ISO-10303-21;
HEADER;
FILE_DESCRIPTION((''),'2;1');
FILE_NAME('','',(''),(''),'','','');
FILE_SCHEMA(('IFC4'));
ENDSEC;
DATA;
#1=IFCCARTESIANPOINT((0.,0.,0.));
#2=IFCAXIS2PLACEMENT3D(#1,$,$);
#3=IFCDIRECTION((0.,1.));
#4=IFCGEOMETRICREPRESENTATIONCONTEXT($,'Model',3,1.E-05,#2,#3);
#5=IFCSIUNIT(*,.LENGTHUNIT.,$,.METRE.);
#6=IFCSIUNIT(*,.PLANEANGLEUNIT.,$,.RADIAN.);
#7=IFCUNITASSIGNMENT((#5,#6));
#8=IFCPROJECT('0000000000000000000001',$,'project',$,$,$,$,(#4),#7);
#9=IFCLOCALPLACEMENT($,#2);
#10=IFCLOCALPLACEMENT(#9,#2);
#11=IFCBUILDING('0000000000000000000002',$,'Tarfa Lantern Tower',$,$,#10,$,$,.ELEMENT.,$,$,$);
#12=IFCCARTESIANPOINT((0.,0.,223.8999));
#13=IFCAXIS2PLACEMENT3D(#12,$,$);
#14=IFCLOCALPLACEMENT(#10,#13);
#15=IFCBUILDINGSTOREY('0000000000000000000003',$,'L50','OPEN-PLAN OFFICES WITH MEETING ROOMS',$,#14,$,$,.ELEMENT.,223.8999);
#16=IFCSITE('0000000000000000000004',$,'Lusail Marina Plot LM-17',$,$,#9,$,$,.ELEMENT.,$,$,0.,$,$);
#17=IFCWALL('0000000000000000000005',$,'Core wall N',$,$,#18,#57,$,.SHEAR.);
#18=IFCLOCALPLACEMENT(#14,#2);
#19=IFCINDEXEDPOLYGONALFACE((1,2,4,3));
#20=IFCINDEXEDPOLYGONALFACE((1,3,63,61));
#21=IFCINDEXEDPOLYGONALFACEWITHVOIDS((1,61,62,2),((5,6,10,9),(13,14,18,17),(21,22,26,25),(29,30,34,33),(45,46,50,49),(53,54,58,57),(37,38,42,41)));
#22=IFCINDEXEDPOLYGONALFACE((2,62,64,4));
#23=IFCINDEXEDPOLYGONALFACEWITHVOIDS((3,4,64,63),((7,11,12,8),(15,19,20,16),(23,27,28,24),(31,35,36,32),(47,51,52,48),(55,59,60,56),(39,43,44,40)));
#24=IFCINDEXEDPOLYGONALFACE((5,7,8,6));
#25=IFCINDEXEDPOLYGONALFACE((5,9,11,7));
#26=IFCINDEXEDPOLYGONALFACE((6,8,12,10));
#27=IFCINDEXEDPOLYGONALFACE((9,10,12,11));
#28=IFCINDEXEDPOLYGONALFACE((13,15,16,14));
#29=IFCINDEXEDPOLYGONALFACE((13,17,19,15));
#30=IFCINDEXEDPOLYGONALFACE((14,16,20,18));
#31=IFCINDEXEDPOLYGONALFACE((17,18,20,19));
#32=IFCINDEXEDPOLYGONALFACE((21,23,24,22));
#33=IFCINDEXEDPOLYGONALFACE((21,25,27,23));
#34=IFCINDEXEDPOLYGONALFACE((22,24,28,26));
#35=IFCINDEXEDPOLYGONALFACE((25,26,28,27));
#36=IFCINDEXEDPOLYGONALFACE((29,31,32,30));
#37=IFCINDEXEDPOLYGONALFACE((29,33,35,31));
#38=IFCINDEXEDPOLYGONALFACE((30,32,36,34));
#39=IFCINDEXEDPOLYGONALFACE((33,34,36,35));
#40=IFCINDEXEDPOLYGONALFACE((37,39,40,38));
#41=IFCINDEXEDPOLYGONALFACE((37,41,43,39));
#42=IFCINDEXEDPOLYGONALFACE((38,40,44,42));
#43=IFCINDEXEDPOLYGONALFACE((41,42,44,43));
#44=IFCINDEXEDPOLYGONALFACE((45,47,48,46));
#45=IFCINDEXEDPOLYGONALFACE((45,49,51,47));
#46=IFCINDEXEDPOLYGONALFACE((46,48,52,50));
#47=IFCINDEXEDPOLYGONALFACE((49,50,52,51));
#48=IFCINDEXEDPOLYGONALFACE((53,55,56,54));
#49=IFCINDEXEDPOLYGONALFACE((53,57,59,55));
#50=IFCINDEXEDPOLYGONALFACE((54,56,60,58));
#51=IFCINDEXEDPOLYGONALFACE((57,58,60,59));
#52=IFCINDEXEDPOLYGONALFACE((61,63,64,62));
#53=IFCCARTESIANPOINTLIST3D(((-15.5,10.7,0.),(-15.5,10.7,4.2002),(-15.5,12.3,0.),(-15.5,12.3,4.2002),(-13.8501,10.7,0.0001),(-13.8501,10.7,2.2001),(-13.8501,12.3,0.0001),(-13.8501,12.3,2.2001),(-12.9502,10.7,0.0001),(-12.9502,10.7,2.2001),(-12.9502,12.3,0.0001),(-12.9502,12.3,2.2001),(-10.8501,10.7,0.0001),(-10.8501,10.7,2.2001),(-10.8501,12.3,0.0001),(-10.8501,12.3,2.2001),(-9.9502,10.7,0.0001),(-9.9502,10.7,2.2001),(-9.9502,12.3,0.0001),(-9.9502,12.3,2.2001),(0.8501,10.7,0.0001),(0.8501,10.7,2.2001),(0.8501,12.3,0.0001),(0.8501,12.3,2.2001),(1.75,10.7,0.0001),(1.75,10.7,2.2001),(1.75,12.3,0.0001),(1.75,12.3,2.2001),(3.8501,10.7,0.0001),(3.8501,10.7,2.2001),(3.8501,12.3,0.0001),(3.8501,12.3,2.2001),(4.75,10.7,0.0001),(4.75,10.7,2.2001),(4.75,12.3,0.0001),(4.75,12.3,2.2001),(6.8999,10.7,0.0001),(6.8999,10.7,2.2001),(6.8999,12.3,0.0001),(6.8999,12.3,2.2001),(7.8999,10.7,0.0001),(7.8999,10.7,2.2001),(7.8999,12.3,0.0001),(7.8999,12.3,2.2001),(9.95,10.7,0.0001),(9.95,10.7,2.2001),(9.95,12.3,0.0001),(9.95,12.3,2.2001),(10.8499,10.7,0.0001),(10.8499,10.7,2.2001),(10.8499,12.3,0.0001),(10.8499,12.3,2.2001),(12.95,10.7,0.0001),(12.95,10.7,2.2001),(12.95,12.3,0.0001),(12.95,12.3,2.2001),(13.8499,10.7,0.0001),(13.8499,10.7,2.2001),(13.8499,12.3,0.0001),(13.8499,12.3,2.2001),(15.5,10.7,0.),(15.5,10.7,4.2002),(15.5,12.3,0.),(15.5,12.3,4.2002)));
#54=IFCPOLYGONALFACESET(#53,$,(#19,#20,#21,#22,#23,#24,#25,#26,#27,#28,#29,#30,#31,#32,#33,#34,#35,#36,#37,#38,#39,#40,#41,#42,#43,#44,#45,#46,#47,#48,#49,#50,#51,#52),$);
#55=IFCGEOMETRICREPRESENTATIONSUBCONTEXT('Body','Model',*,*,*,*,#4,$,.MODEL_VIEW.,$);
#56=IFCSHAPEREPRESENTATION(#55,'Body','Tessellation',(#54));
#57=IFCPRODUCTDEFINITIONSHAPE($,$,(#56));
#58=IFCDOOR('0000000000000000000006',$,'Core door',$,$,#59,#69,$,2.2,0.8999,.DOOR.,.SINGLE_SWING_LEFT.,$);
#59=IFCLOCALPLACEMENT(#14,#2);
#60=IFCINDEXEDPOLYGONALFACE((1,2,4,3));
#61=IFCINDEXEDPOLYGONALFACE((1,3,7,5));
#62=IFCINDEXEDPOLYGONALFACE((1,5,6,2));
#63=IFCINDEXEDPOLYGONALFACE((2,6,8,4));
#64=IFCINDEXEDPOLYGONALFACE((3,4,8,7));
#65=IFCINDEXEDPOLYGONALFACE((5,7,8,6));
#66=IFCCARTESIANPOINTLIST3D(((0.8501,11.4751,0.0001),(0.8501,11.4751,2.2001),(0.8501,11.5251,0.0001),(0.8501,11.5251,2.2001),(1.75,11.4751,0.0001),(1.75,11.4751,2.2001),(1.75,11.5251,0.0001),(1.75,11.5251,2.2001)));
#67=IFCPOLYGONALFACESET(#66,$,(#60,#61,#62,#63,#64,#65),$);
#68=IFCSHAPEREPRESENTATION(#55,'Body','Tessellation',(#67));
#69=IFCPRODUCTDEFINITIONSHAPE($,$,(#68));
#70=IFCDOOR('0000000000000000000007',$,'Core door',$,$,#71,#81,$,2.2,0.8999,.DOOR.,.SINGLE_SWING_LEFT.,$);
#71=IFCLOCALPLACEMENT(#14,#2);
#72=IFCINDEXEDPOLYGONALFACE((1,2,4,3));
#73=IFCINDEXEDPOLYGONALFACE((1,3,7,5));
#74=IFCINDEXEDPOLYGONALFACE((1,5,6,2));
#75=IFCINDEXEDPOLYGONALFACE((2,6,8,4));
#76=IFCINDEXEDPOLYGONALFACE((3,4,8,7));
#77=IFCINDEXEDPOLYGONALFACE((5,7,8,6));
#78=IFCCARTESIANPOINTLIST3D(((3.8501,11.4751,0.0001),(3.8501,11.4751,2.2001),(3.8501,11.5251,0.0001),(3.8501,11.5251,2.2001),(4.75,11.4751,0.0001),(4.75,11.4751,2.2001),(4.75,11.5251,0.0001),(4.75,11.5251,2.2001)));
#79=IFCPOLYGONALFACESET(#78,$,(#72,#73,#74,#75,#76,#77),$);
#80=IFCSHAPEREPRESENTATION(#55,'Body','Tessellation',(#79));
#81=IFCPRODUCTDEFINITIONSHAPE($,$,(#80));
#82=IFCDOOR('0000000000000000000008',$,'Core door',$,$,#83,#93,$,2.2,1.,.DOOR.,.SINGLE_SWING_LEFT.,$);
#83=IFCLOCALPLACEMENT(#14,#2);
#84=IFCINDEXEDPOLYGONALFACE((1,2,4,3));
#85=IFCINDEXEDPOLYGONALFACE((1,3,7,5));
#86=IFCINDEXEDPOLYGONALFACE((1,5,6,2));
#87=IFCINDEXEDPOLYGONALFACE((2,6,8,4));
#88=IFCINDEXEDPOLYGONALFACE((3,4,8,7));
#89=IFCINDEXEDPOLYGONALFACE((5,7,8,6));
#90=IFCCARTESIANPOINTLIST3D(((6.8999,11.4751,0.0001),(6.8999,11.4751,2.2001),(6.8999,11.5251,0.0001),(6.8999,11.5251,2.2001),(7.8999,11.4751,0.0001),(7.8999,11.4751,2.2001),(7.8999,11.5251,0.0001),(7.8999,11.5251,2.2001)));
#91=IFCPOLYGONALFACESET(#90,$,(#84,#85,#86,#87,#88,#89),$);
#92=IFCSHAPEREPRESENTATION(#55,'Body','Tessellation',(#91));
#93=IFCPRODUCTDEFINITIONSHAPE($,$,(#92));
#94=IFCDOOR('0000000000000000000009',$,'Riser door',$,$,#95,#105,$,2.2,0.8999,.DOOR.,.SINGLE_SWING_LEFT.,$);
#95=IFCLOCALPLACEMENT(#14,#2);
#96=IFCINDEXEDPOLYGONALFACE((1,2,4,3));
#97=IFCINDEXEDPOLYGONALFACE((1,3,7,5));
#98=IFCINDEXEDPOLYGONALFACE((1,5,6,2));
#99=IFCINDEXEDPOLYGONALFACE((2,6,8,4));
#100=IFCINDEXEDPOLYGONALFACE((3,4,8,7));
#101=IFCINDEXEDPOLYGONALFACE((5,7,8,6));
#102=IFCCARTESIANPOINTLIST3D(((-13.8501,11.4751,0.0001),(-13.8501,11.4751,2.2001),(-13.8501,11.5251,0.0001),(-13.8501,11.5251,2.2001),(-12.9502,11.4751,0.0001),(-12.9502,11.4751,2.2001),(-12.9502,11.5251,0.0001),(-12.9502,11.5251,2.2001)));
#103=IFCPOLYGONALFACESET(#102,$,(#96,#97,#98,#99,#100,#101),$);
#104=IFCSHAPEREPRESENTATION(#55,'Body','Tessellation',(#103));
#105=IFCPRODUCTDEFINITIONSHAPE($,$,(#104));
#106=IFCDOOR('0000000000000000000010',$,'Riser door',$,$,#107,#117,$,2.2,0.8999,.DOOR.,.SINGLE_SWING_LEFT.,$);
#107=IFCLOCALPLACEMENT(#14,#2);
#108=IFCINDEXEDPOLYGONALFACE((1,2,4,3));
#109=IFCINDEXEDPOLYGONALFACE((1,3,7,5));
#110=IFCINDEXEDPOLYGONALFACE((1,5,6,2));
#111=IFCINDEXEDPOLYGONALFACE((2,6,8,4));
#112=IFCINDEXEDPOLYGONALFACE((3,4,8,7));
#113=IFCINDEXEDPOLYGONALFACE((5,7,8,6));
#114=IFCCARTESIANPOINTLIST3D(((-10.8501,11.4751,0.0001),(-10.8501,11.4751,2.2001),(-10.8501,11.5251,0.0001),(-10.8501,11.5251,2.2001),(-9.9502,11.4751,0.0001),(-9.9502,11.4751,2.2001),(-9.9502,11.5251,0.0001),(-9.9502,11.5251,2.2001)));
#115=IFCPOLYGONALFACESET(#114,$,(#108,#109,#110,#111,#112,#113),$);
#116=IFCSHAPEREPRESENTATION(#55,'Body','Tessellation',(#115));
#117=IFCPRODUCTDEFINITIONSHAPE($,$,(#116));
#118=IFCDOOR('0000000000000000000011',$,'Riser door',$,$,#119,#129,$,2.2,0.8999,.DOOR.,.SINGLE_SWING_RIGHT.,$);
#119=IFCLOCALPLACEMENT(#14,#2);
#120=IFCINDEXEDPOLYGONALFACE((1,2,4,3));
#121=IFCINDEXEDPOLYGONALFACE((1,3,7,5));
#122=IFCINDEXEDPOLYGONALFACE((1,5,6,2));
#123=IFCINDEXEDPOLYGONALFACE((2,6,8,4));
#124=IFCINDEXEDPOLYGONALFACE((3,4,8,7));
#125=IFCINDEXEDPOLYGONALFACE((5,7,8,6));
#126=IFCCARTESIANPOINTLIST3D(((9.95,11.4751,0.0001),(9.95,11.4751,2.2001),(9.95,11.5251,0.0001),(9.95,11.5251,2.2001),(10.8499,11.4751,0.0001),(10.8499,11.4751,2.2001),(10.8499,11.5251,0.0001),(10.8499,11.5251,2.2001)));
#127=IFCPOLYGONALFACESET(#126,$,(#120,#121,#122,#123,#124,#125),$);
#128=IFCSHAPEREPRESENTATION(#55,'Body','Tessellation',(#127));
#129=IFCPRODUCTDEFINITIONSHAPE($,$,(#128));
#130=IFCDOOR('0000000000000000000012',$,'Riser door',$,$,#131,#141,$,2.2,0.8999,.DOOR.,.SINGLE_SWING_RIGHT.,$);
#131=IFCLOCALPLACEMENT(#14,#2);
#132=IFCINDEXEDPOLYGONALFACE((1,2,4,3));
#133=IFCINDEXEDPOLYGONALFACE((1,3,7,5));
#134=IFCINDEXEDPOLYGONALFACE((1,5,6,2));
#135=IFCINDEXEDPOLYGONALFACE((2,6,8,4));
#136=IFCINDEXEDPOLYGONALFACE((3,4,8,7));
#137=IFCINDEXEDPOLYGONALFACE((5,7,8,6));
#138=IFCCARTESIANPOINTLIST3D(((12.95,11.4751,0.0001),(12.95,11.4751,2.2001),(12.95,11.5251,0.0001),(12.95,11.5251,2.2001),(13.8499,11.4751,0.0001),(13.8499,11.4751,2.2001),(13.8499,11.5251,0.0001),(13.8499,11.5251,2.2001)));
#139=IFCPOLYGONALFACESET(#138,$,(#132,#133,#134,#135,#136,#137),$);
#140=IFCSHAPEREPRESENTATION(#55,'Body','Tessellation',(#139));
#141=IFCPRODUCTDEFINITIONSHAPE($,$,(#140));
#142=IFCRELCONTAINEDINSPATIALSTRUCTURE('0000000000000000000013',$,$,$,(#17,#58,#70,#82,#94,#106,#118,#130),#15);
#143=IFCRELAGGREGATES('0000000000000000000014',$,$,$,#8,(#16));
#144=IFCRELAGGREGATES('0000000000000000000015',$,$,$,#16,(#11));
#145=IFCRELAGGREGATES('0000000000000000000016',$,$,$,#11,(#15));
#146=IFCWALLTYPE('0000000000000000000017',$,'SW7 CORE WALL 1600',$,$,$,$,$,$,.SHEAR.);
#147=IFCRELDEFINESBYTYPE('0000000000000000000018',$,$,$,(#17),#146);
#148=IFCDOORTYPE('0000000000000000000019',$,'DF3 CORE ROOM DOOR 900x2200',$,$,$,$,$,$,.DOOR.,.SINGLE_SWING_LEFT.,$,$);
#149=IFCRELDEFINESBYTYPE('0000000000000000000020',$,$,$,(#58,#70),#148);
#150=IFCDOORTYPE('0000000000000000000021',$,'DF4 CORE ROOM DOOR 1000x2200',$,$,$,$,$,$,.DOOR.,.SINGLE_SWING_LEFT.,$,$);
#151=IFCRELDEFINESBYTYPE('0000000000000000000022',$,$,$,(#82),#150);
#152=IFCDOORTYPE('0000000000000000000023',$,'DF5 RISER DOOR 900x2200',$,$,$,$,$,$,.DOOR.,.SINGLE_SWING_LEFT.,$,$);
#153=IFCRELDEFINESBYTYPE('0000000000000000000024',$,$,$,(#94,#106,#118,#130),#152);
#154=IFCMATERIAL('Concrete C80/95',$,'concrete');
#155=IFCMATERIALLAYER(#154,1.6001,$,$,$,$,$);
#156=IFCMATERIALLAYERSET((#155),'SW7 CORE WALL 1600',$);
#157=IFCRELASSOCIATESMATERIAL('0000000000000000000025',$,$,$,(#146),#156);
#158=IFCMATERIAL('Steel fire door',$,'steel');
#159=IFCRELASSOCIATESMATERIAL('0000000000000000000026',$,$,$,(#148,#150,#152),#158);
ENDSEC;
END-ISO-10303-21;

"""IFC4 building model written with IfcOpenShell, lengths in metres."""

from ifc_helpers import new_model, si_unit, direction, frame, frame_2d, origin, place, context, subcontext, project, spatial, rectangle, extrude, material, layer, layer_set, type_object, element, fill, save


model = new_model("IFC4")

# Units and contexts
model_context = context("Model", 3, precision=1e-05, world=origin(), true_north=direction((0.0, 1.0)))
body_context = subcontext(model_context, "Body", "Model", "MODEL_VIEW")
ifc_project = project(units=[si_unit("LENGTHUNIT", "METRE"), si_unit("PLANEANGLEUNIT", "RADIAN")], contexts=[model_context])

# Site, building, storey
site_placement = place(None, origin())
site = spatial("IfcSite", under=ifc_project, at=site_placement, Name="Lusail Marina Plot LM-17", CompositionType="ELEMENT", RefElevation=0.0)
building_placement = place(site_placement, origin())
building = spatial("IfcBuilding", under=site, at=building_placement, Name="Tarfa Lantern Tower", CompositionType="ELEMENT")
storey_placement = place(building_placement, frame((0.0, 0.0, 223.8999)))
storey = spatial("IfcBuildingStorey", under=building, at=storey_placement, Name="L50", Description="OPEN-PLAN OFFICES WITH MEETING ROOMS", CompositionType="ELEMENT", Elevation=223.8999)

# Shared definitions
ifc_material_1 = material(Name="Concrete C80/95", Category="concrete")
ifc_material_2 = material(Name="Steel fire door", Category="steel")

# Wall, openings, doors
ifc_layer_1 = layer(ifc_material_1, 1.6001)
ifc_layer_set_1 = layer_set([ifc_layer_1], Name="SW7 CORE WALL 1600")
wall_type_1 = type_object("IfcWallType", Name="SW7 CORE WALL 1600", PredefinedType="SHEAR", material=ifc_layer_set_1)
wall_1_placement = place(storey_placement, frame((-15.5, 11.5, 0.0), z_axis=(0.0, 0.0, 1.0), x_axis=(1.0, 0.0, 0.0)))
wall_1 = element("IfcWall", 1, at=wall_1_placement, inside=storey, type_object=wall_type_1, Name="Core wall N", PredefinedType="SHEAR", context=body_context, shape_type="SweptSolid", body=[
    extrude(rectangle(XDim=31.0, YDim=1.6001, at=frame_2d((15.5, 0.0))), origin(), (0.0, 0.0, 1.0), 4.2002),
])
opening_1_placement = place(wall_1_placement, frame((16.3501, 0.0, 0.0)))
opening_1 = element("IfcOpeningElement", 2, at=opening_1_placement, cuts=wall_1, PredefinedType="OPENING", context=body_context, shape_type="SweptSolid", body=[
    extrude(rectangle(XDim=0.8999, YDim=2.2, at=frame_2d((0.45, 1.1001))), frame((0.0, 0.8101, 0.0), z_axis=(0.0, -1.0, 0.0), x_axis=(1.0, 0.0, 0.0)), (0.0, 0.0, 1.0), 1.6201),
])
opening_2_placement = place(wall_1_placement, frame((19.3501, 0.0, 0.0)))
opening_2 = element("IfcOpeningElement", 3, at=opening_2_placement, cuts=wall_1, PredefinedType="OPENING", context=body_context, shape_type="SweptSolid", body=[
    extrude(rectangle(XDim=0.8999, YDim=2.2, at=frame_2d((0.45, 1.1001))), frame((0.0, 0.8101, 0.0), z_axis=(0.0, -1.0, 0.0), x_axis=(1.0, 0.0, 0.0)), (0.0, 0.0, 1.0), 1.6201),
])
opening_3_placement = place(wall_1_placement, frame((22.3999, 0.0, 0.0)))
opening_3 = element("IfcOpeningElement", 4, at=opening_3_placement, cuts=wall_1, PredefinedType="OPENING", context=body_context, shape_type="SweptSolid", body=[
    extrude(rectangle(XDim=1.0, YDim=2.2, at=frame_2d((0.5, 1.1001))), frame((0.0, 0.8101, 0.0), z_axis=(0.0, -1.0, 0.0), x_axis=(1.0, 0.0, 0.0)), (0.0, 0.0, 1.0), 1.6201),
])
opening_4_placement = place(wall_1_placement, frame((1.6499, 0.0, 0.0)))
opening_4 = element("IfcOpeningElement", 5, at=opening_4_placement, cuts=wall_1, PredefinedType="OPENING", context=body_context, shape_type="SweptSolid", body=[
    extrude(rectangle(XDim=0.8999, YDim=2.2, at=frame_2d((0.45, 1.1001))), frame((0.0, 0.8101, 0.0), z_axis=(0.0, -1.0, 0.0), x_axis=(1.0, 0.0, 0.0)), (0.0, 0.0, 1.0), 1.6201),
])
opening_5_placement = place(wall_1_placement, frame((4.6499, 0.0, 0.0)))
opening_5 = element("IfcOpeningElement", 6, at=opening_5_placement, cuts=wall_1, PredefinedType="OPENING", context=body_context, shape_type="SweptSolid", body=[
    extrude(rectangle(XDim=0.8999, YDim=2.2, at=frame_2d((0.45, 1.1001))), frame((0.0, 0.8101, 0.0), z_axis=(0.0, -1.0, 0.0), x_axis=(1.0, 0.0, 0.0)), (0.0, 0.0, 1.0), 1.6201),
])
opening_6_placement = place(wall_1_placement, frame((25.45, 0.0, 0.0)))
opening_6 = element("IfcOpeningElement", 7, at=opening_6_placement, cuts=wall_1, PredefinedType="OPENING", context=body_context, shape_type="SweptSolid", body=[
    extrude(rectangle(XDim=0.8999, YDim=2.2, at=frame_2d((0.45, 1.1001))), frame((0.0, 0.8101, 0.0), z_axis=(0.0, -1.0, 0.0), x_axis=(1.0, 0.0, 0.0)), (0.0, 0.0, 1.0), 1.6201),
])
opening_7_placement = place(wall_1_placement, frame((28.45, 0.0, 0.0)))
opening_7 = element("IfcOpeningElement", 8, at=opening_7_placement, cuts=wall_1, PredefinedType="OPENING", context=body_context, shape_type="SweptSolid", body=[
    extrude(rectangle(XDim=0.8999, YDim=2.2, at=frame_2d((0.45, 1.1001))), frame((0.0, 0.8101, 0.0), z_axis=(0.0, -1.0, 0.0), x_axis=(1.0, 0.0, 0.0)), (0.0, 0.0, 1.0), 1.6201),
])
door_type_1 = type_object("IfcDoorType", Name="DF3 CORE ROOM DOOR 900x2200", OperationType="SINGLE_SWING_LEFT", PredefinedType="DOOR", material=ifc_material_2)
door_1_placement = place(opening_1_placement, frame((0.8999, 0.0, 0.0), z_axis=(0.0, 0.0, 1.0), x_axis=(-1.0, 0.0, 0.0)))
door_1 = element("IfcDoor", 9, at=door_1_placement, inside=storey, type_object=door_type_1, Name="Core door", OperationType="SINGLE_SWING_LEFT", OverallHeight=2.2, OverallWidth=0.8999, PredefinedType="DOOR", context=body_context, shape_type="SweptSolid", body=[
    extrude(rectangle(XDim=0.8999, YDim=2.2, at=frame_2d((0.45, 1.1001))), frame((0.0, 0.0249, 0.0), z_axis=(0.0, -1.0, 0.0), x_axis=(1.0, 0.0, 0.0)), (0.0, 0.0, 1.0), 0.05),
])
fill(opening_1, door_1)
door_2_placement = place(opening_2_placement, frame((0.8999, 0.0, 0.0), z_axis=(0.0, 0.0, 1.0), x_axis=(-1.0, 0.0, 0.0)))
door_2 = element("IfcDoor", 10, at=door_2_placement, inside=storey, type_object=door_type_1, Name="Core door", OperationType="SINGLE_SWING_LEFT", OverallHeight=2.2, OverallWidth=0.8999, PredefinedType="DOOR", context=body_context, shape_type="SweptSolid", body=[
    extrude(rectangle(XDim=0.8999, YDim=2.2, at=frame_2d((0.45, 1.1001))), frame((0.0, 0.0249, 0.0), z_axis=(0.0, -1.0, 0.0), x_axis=(1.0, 0.0, 0.0)), (0.0, 0.0, 1.0), 0.05),
])
fill(opening_2, door_2)
door_type_2 = type_object("IfcDoorType", Name="DF4 CORE ROOM DOOR 1000x2200", OperationType="SINGLE_SWING_LEFT", PredefinedType="DOOR", material=ifc_material_2)
door_3_placement = place(opening_3_placement, frame((1.0, 0.0, 0.0), z_axis=(0.0, 0.0, 1.0), x_axis=(-1.0, 0.0, 0.0)))
door_3 = element("IfcDoor", 11, at=door_3_placement, inside=storey, type_object=door_type_2, Name="Core door", OperationType="SINGLE_SWING_LEFT", OverallHeight=2.2, OverallWidth=1.0, PredefinedType="DOOR", context=body_context, shape_type="SweptSolid", body=[
    extrude(rectangle(XDim=1.0, YDim=2.2, at=frame_2d((0.5, 1.1001))), frame((0.0, 0.0249, 0.0), z_axis=(0.0, -1.0, 0.0), x_axis=(1.0, 0.0, 0.0)), (0.0, 0.0, 1.0), 0.05),
])
fill(opening_3, door_3)
door_type_3 = type_object("IfcDoorType", Name="DF5 RISER DOOR 900x2200", OperationType="SINGLE_SWING_LEFT", PredefinedType="DOOR", material=ifc_material_2)
door_4_placement = place(opening_4_placement, frame((0.8999, 0.0, 0.0), z_axis=(0.0, 0.0, 1.0), x_axis=(-1.0, 0.0, 0.0)))
door_4 = element("IfcDoor", 12, at=door_4_placement, inside=storey, type_object=door_type_3, Name="Riser door", OperationType="SINGLE_SWING_LEFT", OverallHeight=2.2, OverallWidth=0.8999, PredefinedType="DOOR", context=body_context, shape_type="SweptSolid", body=[
    extrude(rectangle(XDim=0.8999, YDim=2.2, at=frame_2d((0.45, 1.1001))), frame((0.0, 0.0249, 0.0), z_axis=(0.0, -1.0, 0.0), x_axis=(1.0, 0.0, 0.0)), (0.0, 0.0, 1.0), 0.05),
])
fill(opening_4, door_4)
door_5_placement = place(opening_5_placement, frame((0.8999, 0.0, 0.0), z_axis=(0.0, 0.0, 1.0), x_axis=(-1.0, 0.0, 0.0)))
door_5 = element("IfcDoor", 13, at=door_5_placement, inside=storey, type_object=door_type_3, Name="Riser door", OperationType="SINGLE_SWING_LEFT", OverallHeight=2.2, OverallWidth=0.8999, PredefinedType="DOOR", context=body_context, shape_type="SweptSolid", body=[
    extrude(rectangle(XDim=0.8999, YDim=2.2, at=frame_2d((0.45, 1.1001))), frame((0.0, 0.0249, 0.0), z_axis=(0.0, -1.0, 0.0), x_axis=(1.0, 0.0, 0.0)), (0.0, 0.0, 1.0), 0.05),
])
fill(opening_5, door_5)
door_6_placement = place(opening_6_placement, frame((0.8999, 0.0, 0.0), z_axis=(0.0, 0.0, 1.0), x_axis=(-1.0, 0.0, 0.0)))
door_6 = element("IfcDoor", 14, at=door_6_placement, inside=storey, type_object=door_type_3, Name="Riser door", OperationType="SINGLE_SWING_RIGHT", OverallHeight=2.2, OverallWidth=0.8999, PredefinedType="DOOR", context=body_context, shape_type="SweptSolid", body=[
    extrude(rectangle(XDim=0.8999, YDim=2.2, at=frame_2d((0.45, 1.1001))), frame((0.0, 0.0249, 0.0), z_axis=(0.0, -1.0, 0.0), x_axis=(1.0, 0.0, 0.0)), (0.0, 0.0, 1.0), 0.05),
])
fill(opening_6, door_6)
door_7_placement = place(opening_7_placement, frame((0.8999, 0.0, 0.0), z_axis=(0.0, 0.0, 1.0), x_axis=(-1.0, 0.0, 0.0)))
door_7 = element("IfcDoor", 15, at=door_7_placement, inside=storey, type_object=door_type_3, Name="Riser door", OperationType="SINGLE_SWING_RIGHT", OverallHeight=2.2, OverallWidth=0.8999, PredefinedType="DOOR", context=body_context, shape_type="SweptSolid", body=[
    extrude(rectangle(XDim=0.8999, YDim=2.2, at=frame_2d((0.45, 1.1001))), frame((0.0, 0.0249, 0.0), z_axis=(0.0, -1.0, 0.0), x_axis=(1.0, 0.0, 0.0)), (0.0, 0.0, 1.0), 0.05),
])
fill(opening_7, door_7)

save(model, "model.ifc")
